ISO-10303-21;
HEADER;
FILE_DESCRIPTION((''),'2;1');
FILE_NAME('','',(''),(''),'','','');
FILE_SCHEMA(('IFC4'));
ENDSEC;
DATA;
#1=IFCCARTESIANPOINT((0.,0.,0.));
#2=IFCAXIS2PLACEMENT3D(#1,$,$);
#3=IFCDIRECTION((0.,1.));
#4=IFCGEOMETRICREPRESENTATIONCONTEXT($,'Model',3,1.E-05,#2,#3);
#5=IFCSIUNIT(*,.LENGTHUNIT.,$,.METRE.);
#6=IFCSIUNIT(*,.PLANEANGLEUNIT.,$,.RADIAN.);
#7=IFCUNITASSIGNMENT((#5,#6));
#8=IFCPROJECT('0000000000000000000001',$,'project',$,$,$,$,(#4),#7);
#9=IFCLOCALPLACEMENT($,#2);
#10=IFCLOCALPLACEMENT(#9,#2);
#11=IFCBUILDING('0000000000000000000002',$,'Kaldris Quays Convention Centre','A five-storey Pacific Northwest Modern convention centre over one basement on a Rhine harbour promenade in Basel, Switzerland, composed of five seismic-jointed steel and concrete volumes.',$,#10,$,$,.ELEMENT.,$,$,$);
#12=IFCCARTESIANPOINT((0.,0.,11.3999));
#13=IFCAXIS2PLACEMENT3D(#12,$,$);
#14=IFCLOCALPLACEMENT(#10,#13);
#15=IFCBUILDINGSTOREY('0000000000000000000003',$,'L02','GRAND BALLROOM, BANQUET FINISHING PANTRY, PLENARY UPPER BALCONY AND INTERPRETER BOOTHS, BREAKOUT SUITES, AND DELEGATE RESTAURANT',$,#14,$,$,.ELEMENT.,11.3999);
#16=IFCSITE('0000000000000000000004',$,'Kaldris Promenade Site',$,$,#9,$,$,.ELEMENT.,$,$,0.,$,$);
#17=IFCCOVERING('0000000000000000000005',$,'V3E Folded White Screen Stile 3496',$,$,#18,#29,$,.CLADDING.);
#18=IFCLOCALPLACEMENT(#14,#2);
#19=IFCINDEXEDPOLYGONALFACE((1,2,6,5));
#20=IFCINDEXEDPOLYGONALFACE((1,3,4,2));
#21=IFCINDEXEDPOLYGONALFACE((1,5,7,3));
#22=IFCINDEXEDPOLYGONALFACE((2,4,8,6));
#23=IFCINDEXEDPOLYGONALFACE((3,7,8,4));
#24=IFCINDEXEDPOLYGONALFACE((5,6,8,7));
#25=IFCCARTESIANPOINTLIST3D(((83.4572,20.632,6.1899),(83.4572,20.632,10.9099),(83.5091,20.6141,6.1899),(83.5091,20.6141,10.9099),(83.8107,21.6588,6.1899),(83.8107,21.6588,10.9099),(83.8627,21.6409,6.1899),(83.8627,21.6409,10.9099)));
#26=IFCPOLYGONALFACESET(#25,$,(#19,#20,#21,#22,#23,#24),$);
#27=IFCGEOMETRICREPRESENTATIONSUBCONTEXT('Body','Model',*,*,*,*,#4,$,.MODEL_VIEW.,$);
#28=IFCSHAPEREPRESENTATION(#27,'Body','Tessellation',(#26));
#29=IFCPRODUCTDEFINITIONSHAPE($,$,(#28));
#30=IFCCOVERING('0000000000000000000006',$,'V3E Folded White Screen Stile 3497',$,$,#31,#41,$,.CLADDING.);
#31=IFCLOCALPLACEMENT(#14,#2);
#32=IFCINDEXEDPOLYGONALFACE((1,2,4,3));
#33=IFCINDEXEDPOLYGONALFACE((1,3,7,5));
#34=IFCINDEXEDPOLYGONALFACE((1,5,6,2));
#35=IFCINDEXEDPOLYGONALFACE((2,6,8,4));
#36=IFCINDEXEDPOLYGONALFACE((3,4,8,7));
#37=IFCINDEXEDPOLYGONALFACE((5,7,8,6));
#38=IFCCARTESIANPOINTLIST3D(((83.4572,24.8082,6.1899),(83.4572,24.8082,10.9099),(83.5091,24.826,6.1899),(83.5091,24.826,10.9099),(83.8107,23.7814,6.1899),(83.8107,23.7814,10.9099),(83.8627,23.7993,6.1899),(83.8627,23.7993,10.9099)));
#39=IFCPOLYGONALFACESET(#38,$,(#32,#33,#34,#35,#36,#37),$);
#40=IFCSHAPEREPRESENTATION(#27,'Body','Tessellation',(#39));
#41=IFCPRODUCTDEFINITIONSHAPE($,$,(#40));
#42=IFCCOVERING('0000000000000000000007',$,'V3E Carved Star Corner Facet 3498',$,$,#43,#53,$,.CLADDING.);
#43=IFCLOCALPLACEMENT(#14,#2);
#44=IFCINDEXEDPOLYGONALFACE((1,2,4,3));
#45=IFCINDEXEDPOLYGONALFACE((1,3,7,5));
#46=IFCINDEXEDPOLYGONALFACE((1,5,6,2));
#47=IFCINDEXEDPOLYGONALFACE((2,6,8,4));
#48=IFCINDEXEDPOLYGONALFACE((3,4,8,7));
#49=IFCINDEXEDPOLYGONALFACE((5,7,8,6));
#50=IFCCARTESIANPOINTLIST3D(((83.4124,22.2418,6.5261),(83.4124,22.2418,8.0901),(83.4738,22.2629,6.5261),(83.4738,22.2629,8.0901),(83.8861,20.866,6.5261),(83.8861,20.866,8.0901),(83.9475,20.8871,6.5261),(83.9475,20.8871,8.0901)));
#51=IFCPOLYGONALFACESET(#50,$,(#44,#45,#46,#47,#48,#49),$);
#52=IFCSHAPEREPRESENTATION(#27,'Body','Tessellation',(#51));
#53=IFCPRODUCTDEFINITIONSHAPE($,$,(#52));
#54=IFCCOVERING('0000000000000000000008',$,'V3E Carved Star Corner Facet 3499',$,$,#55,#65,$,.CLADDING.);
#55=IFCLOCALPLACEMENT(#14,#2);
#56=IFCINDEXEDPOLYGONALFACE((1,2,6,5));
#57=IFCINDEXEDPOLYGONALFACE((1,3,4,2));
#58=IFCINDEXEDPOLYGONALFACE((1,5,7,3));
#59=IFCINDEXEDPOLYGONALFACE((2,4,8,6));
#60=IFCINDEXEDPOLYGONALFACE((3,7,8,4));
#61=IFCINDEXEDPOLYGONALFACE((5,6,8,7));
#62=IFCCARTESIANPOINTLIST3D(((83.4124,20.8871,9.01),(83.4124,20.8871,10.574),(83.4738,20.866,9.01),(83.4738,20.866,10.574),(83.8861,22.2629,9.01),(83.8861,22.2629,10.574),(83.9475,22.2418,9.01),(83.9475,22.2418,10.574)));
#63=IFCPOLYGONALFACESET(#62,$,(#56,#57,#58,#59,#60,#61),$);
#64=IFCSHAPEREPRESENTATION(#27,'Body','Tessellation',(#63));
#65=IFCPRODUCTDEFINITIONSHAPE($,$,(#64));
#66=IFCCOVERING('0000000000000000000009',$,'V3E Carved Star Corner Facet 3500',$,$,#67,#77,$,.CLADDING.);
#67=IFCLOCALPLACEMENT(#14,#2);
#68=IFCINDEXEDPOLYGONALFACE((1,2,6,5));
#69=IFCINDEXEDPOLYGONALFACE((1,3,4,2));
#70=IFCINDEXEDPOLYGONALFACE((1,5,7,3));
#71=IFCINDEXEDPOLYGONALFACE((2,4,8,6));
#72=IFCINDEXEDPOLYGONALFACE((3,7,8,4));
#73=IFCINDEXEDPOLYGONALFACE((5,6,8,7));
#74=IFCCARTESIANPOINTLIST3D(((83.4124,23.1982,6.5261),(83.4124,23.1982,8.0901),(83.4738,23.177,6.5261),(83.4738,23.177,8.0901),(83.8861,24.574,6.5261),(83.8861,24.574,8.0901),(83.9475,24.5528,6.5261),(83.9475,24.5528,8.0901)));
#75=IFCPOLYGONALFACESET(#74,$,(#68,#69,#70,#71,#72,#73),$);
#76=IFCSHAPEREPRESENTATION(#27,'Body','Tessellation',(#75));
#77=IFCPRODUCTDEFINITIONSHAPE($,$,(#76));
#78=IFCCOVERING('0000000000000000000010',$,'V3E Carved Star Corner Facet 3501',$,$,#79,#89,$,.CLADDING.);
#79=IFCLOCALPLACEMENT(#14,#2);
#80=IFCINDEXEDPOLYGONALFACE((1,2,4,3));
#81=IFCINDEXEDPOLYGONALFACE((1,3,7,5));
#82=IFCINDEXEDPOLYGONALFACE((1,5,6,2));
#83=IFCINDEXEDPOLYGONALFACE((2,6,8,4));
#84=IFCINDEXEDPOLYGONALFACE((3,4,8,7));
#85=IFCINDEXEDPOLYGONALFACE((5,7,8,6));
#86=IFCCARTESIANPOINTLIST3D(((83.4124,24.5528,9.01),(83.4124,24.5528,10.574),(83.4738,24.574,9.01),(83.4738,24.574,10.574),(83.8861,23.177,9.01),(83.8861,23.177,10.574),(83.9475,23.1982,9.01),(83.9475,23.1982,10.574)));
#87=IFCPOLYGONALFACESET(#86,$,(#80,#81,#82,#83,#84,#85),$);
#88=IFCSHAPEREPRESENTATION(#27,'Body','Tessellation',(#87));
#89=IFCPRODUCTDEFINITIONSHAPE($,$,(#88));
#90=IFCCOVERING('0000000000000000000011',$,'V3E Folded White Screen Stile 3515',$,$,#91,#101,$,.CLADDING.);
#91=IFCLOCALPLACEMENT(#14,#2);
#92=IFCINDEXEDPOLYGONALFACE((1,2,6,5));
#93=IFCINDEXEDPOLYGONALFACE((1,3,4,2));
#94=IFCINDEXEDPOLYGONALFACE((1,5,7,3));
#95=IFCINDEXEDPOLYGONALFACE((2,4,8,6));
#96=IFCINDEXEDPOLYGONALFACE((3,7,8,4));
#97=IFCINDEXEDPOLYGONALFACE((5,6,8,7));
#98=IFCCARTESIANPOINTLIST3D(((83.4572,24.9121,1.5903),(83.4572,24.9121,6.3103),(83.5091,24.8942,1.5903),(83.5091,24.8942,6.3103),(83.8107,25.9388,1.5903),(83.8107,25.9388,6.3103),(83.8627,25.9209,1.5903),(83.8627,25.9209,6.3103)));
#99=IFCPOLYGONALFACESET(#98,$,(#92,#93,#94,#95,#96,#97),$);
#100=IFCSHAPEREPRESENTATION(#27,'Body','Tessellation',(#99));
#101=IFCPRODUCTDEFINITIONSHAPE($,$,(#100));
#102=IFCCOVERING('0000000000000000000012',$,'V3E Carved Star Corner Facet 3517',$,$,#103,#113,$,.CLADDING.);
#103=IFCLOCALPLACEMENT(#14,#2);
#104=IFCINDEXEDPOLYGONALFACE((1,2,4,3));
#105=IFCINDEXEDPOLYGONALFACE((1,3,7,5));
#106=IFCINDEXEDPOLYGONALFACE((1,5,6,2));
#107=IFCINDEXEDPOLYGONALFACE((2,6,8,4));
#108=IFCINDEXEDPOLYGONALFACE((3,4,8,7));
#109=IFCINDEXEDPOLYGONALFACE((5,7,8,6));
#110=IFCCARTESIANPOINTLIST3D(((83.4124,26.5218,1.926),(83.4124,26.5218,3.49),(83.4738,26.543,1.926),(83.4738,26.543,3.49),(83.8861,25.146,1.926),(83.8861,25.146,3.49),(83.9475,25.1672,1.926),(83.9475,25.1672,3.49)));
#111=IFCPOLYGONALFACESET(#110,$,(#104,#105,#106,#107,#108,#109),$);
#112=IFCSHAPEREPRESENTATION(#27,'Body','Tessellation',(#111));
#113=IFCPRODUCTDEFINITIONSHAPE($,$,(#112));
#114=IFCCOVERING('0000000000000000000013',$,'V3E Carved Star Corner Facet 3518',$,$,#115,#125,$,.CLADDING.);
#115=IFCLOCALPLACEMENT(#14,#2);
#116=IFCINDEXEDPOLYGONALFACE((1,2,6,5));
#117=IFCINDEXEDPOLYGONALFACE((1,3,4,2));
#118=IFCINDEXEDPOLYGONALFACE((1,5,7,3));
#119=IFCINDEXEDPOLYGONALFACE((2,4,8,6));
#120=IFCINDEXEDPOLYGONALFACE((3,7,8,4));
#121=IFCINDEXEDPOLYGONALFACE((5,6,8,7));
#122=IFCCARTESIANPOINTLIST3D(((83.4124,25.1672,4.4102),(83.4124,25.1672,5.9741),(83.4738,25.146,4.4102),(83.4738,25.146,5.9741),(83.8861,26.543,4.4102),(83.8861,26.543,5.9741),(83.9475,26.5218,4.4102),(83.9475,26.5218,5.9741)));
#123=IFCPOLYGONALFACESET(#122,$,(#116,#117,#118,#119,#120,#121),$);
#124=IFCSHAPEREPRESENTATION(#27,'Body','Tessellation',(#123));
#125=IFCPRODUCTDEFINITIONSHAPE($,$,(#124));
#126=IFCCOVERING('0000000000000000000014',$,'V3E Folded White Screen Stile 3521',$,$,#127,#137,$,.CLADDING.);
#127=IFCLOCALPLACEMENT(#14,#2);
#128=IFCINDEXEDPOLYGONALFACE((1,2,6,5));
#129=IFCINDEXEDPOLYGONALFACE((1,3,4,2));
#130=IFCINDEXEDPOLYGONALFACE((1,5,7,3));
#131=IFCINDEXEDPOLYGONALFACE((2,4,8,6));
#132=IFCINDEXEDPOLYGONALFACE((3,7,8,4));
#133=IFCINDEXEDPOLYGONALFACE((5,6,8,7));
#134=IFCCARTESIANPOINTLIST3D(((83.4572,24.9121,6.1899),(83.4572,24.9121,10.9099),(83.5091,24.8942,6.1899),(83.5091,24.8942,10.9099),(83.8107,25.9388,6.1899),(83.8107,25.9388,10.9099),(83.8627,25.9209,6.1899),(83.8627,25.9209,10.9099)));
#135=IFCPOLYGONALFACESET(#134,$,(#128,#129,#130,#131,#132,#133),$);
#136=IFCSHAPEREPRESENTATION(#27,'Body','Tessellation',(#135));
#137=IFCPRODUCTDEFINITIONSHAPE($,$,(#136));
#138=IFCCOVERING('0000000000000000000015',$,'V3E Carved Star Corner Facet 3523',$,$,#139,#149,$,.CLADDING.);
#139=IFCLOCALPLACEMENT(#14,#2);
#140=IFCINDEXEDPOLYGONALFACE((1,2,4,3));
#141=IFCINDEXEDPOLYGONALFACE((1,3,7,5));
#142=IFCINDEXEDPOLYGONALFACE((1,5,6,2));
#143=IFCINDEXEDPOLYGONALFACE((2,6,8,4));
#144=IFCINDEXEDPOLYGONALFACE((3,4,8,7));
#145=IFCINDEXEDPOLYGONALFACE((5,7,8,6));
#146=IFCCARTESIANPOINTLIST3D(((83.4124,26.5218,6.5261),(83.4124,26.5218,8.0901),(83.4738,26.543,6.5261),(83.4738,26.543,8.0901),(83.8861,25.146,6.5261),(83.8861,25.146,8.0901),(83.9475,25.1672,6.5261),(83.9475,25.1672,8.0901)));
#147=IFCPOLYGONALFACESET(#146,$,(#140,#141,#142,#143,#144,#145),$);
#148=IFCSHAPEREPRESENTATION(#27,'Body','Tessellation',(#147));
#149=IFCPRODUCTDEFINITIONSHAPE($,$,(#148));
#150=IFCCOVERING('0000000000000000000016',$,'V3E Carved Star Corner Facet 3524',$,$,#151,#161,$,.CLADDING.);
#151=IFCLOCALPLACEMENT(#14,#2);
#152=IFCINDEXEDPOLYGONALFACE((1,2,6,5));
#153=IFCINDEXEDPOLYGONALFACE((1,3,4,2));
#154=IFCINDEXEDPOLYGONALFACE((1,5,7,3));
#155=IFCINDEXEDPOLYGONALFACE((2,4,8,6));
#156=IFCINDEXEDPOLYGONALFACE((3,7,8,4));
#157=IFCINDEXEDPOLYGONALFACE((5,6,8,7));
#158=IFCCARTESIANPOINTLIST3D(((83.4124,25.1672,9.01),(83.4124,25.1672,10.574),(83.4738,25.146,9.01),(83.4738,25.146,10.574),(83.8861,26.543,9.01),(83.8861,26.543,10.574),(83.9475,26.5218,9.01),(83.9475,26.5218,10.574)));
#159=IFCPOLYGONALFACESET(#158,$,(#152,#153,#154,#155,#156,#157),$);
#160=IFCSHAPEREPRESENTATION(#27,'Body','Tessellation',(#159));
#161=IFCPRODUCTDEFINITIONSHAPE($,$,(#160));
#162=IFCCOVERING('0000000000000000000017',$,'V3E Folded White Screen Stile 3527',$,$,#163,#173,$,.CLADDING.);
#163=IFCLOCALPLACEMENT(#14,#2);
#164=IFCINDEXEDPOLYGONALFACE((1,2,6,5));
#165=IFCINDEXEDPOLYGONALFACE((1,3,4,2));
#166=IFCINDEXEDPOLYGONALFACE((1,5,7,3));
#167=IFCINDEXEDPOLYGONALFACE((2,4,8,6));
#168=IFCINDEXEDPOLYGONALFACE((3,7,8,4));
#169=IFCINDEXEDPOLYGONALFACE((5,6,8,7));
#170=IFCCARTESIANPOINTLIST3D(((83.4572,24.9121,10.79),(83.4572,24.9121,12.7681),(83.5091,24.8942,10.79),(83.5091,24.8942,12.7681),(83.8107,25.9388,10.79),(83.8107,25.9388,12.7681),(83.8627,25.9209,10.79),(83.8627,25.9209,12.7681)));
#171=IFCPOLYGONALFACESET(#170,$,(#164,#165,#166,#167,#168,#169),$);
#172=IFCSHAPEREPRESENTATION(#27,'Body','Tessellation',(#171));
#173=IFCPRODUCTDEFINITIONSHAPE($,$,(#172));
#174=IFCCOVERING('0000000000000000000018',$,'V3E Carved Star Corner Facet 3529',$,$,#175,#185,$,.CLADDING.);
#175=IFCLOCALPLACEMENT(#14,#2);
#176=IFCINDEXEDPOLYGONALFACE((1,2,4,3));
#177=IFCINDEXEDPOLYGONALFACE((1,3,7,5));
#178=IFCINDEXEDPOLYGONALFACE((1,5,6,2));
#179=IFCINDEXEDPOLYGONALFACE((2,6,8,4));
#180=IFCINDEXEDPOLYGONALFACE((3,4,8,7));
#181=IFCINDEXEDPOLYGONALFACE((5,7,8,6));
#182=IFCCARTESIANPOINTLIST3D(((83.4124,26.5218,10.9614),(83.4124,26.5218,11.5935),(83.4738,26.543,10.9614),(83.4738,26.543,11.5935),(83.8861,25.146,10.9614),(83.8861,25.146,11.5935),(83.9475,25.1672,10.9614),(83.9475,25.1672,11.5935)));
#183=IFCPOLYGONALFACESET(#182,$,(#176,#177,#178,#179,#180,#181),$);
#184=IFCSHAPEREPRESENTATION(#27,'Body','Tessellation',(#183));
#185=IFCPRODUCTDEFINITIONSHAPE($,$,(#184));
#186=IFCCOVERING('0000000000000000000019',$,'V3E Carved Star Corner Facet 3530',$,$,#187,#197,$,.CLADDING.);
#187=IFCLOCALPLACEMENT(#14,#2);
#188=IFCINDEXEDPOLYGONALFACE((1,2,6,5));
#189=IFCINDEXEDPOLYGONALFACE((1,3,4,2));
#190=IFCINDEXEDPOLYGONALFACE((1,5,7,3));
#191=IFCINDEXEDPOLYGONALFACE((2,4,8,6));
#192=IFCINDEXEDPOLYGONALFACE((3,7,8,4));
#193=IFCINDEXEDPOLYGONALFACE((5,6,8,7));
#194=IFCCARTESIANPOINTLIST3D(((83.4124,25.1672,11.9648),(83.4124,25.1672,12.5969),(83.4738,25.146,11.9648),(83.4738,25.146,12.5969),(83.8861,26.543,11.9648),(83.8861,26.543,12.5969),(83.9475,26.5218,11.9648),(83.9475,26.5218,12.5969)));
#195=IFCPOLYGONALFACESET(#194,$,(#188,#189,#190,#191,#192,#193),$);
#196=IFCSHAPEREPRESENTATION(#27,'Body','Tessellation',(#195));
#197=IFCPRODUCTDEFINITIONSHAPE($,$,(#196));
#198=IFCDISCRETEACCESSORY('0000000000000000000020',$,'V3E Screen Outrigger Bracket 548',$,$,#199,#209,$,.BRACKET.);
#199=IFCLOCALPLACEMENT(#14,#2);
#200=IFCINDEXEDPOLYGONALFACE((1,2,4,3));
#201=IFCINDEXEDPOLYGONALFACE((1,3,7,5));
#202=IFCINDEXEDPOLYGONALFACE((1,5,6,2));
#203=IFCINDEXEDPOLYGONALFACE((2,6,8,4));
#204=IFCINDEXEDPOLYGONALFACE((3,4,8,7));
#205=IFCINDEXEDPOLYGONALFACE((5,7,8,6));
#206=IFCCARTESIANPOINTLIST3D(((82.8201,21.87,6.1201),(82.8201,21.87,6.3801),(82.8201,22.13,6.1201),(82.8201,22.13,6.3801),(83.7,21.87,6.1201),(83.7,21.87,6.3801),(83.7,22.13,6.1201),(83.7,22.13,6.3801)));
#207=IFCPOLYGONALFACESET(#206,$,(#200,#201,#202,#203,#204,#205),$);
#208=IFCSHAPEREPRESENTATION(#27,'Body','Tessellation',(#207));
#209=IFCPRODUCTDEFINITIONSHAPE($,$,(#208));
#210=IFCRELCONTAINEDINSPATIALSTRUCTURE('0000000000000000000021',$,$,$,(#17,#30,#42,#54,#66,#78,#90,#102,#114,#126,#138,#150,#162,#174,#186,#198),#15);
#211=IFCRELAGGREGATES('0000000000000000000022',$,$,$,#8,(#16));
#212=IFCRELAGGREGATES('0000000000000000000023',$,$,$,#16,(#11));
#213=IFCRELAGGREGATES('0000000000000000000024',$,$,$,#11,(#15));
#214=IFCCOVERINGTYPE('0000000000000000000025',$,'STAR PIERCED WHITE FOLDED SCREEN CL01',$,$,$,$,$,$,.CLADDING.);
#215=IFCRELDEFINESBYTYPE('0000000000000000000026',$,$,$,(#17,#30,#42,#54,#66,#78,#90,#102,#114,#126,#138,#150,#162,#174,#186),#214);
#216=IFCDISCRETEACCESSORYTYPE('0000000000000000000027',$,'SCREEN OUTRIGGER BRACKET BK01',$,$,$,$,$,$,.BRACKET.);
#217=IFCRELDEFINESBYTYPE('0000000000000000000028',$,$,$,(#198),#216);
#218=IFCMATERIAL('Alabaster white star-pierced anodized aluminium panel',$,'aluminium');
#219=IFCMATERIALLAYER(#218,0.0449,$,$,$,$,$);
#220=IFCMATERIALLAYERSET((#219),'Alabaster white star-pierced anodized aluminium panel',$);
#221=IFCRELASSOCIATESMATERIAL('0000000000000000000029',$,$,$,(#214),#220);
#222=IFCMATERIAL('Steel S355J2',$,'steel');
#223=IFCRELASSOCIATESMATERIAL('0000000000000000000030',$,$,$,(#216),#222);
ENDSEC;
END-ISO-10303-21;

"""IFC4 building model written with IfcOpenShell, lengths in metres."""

from ifc_helpers import new_model, si_unit, direction, frame, origin, origin_2d, place, context, subcontext, project, spatial, rectangle, extrude, material, layer, layer_set, type_object, element, save


model = new_model("IFC4")

# Units and contexts
model_context = context("Model", 3, precision=1e-05, world=origin(), true_north=direction((0.0, 1.0)))
body_context = subcontext(model_context, "Body", "Model", "MODEL_VIEW")
ifc_project = project(units=[si_unit("LENGTHUNIT", "METRE"), si_unit("PLANEANGLEUNIT", "RADIAN")], contexts=[model_context])

# Site, building, storey
site_placement = place(None, origin())
site = spatial("IfcSite", under=ifc_project, at=site_placement, Name="Kaldris Promenade Site", CompositionType="ELEMENT", RefElevation=0.0)
building_placement = place(site_placement, origin())
building = spatial("IfcBuilding", under=site, at=building_placement, Name="Kaldris Quays Convention Centre", Description="A five-storey Pacific Northwest Modern convention centre over one basement on a Rhine harbour promenade in Basel, Switzerland, composed of five seismic-jointed steel and concrete volumes.", CompositionType="ELEMENT")
storey_placement = place(building_placement, frame((0.0, 0.0, 11.3999)))
storey = spatial("IfcBuildingStorey", under=building, at=storey_placement, Name="L02", Description="GRAND BALLROOM, BANQUET FINISHING PANTRY, PLENARY UPPER BALCONY AND INTERPRETER BOOTHS, BREAKOUT SUITES, AND DELEGATE RESTAURANT", CompositionType="ELEMENT", Elevation=11.3999)

# Coverings
ifc_material_1 = material(Name="Alabaster white star-pierced anodized aluminium panel", Category="aluminium")
ifc_layer = layer(ifc_material_1, 0.0449)
ifc_layer_set = layer_set([ifc_layer], Name="Alabaster white star-pierced anodized aluminium panel")
covering_type = type_object("IfcCoveringType", Name="STAR PIERCED WHITE FOLDED SCREEN CL01", PredefinedType="CLADDING", material=ifc_layer_set)
for number, where, z_axis, x_axis, name in (
    (1, (83.6599, 21.1365, 6.1899), (0.0, 0.0, 1.0), (0.325568, 0.945519, 0.0), "V3E Folded White Screen Stile 3496"),
    (2, (83.6599, 24.3037, 6.1899), (0.0, 0.0, 1.0), (-0.325568, 0.945519, 0.0), "V3E Folded White Screen Stile 3497"),
):
    element("IfcCovering", number, at=place(storey_placement, frame(where, z_axis=z_axis, x_axis=x_axis)), inside=storey, type_object=covering_type, Name=name, PredefinedType="CLADDING", context=body_context, shape_type="SweptSolid", body=[
        extrude(rectangle(XDim=1.0859, YDim=0.0549, at=origin_2d()), origin(), (0.0, 0.0, 1.0), 4.72),
    ])
for number, where, z_axis, x_axis, name in (
    (3, (83.6799, 21.5645, 6.5261), (0.0, 0.0, 1.0), (-0.325568, 0.945519, 0.0), "V3E Carved Star Corner Facet 3498"),
    (4, (83.6799, 21.5645, 9.01), (0.0, 0.0, 1.0), (0.325568, 0.945519, 0.0), "V3E Carved Star Corner Facet 3499"),
    (5, (83.6799, 23.8755, 6.5261), (0.0, 0.0, 1.0), (0.325568, 0.945519, 0.0), "V3E Carved Star Corner Facet 3500"),
    (6, (83.6799, 23.8755, 9.01), (0.0, 0.0, 1.0), (-0.325568, 0.945519, 0.0), "V3E Carved Star Corner Facet 3501"),
):
    element("IfcCovering", number, at=place(storey_placement, frame(where, z_axis=z_axis, x_axis=x_axis)), inside=storey, type_object=covering_type, Name=name, PredefinedType="CLADDING", context=body_context, shape_type="SweptSolid", body=[
        extrude(rectangle(XDim=1.4551, YDim=0.0649, at=origin_2d()), origin(), (0.0, 0.0, 1.0), 1.564),
    ])
covering_1_placement = place(storey_placement, frame((83.6599, 25.4165, 1.5903), z_axis=(0.0, 0.0, 1.0), x_axis=(0.325568, 0.945519, 0.0)))
element("IfcCovering", 7, at=covering_1_placement, inside=storey, type_object=covering_type, Name="V3E Folded White Screen Stile 3515", PredefinedType="CLADDING", context=body_context, shape_type="SweptSolid", body=[
    extrude(rectangle(XDim=1.0859, YDim=0.0549, at=origin_2d()), origin(), (0.0, 0.0, 1.0), 4.72),
])
for number, where, z_axis, x_axis, name in (
    (8, (83.6799, 25.8445, 1.926), (0.0, 0.0, 1.0), (-0.325568, 0.945519, 0.0), "V3E Carved Star Corner Facet 3517"),
    (9, (83.6799, 25.8445, 4.4102), (0.0, 0.0, 1.0), (0.325568, 0.945519, 0.0), "V3E Carved Star Corner Facet 3518"),
):
    element("IfcCovering", number, at=place(storey_placement, frame(where, z_axis=z_axis, x_axis=x_axis)), inside=storey, type_object=covering_type, Name=name, PredefinedType="CLADDING", context=body_context, shape_type="SweptSolid", body=[
        extrude(rectangle(XDim=1.4551, YDim=0.0649, at=origin_2d()), origin(), (0.0, 0.0, 1.0), 1.564),
    ])
covering_2_placement = place(storey_placement, frame((83.6599, 25.4165, 6.1899), z_axis=(0.0, 0.0, 1.0), x_axis=(0.325568, 0.945519, 0.0)))
element("IfcCovering", 10, at=covering_2_placement, inside=storey, type_object=covering_type, Name="V3E Folded White Screen Stile 3521", PredefinedType="CLADDING", context=body_context, shape_type="SweptSolid", body=[
    extrude(rectangle(XDim=1.0859, YDim=0.0549, at=origin_2d()), origin(), (0.0, 0.0, 1.0), 4.72),
])
for number, where, z_axis, x_axis, name in (
    (11, (83.6799, 25.8445, 6.5261), (0.0, 0.0, 1.0), (-0.325568, 0.945519, 0.0), "V3E Carved Star Corner Facet 3523"),
    (12, (83.6799, 25.8445, 9.01), (0.0, 0.0, 1.0), (0.325568, 0.945519, 0.0), "V3E Carved Star Corner Facet 3524"),
):
    element("IfcCovering", number, at=place(storey_placement, frame(where, z_axis=z_axis, x_axis=x_axis)), inside=storey, type_object=covering_type, Name=name, PredefinedType="CLADDING", context=body_context, shape_type="SweptSolid", body=[
        extrude(rectangle(XDim=1.4551, YDim=0.0649, at=origin_2d()), origin(), (0.0, 0.0, 1.0), 1.564),
    ])
covering_3_placement = place(storey_placement, frame((83.6599, 25.4165, 10.79), z_axis=(0.0, 0.0, 1.0), x_axis=(0.325568, 0.945519, 0.0)))
element("IfcCovering", 13, at=covering_3_placement, inside=storey, type_object=covering_type, Name="V3E Folded White Screen Stile 3527", PredefinedType="CLADDING", context=body_context, shape_type="SweptSolid", body=[
    extrude(rectangle(XDim=1.0859, YDim=0.0549, at=origin_2d()), origin(), (0.0, 0.0, 1.0), 1.978),
])
for number, where, z_axis, x_axis, name in (
    (14, (83.6799, 25.8445, 10.9614), (0.0, 0.0, 1.0), (-0.325568, 0.945519, 0.0), "V3E Carved Star Corner Facet 3529"),
    (15, (83.6799, 25.8445, 11.9648), (0.0, 0.0, 1.0), (0.325568, 0.945519, 0.0), "V3E Carved Star Corner Facet 3530"),
):
    element("IfcCovering", number, at=place(storey_placement, frame(where, z_axis=z_axis, x_axis=x_axis)), inside=storey, type_object=covering_type, Name=name, PredefinedType="CLADDING", context=body_context, shape_type="SweptSolid", body=[
        extrude(rectangle(XDim=1.4551, YDim=0.0649, at=origin_2d()), origin(), (0.0, 0.0, 1.0), 0.6321),
    ])

# Discrete accessory
ifc_material_2 = material(Name="Steel S355J2", Category="steel")
discrete_accessory_type = type_object("IfcDiscreteAccessoryType", Name="SCREEN OUTRIGGER BRACKET BK01", PredefinedType="BRACKET", material=ifc_material_2)
discrete_accessory_placement = place(storey_placement, frame((83.26, 22.0, 6.1201), z_axis=(0.0, 0.0, 1.0), x_axis=(0.0, 1.0, 0.0)))
element("IfcDiscreteAccessory", 16, at=discrete_accessory_placement, inside=storey, type_object=discrete_accessory_type, Name="V3E Screen Outrigger Bracket 548", PredefinedType="BRACKET", context=body_context, shape_type="SweptSolid", body=[
    extrude(rectangle(XDim=0.26, YDim=0.8799, at=origin_2d()), origin(), (0.0, 0.0, 1.0), 0.26),
])

save(model, "model.ifc")
